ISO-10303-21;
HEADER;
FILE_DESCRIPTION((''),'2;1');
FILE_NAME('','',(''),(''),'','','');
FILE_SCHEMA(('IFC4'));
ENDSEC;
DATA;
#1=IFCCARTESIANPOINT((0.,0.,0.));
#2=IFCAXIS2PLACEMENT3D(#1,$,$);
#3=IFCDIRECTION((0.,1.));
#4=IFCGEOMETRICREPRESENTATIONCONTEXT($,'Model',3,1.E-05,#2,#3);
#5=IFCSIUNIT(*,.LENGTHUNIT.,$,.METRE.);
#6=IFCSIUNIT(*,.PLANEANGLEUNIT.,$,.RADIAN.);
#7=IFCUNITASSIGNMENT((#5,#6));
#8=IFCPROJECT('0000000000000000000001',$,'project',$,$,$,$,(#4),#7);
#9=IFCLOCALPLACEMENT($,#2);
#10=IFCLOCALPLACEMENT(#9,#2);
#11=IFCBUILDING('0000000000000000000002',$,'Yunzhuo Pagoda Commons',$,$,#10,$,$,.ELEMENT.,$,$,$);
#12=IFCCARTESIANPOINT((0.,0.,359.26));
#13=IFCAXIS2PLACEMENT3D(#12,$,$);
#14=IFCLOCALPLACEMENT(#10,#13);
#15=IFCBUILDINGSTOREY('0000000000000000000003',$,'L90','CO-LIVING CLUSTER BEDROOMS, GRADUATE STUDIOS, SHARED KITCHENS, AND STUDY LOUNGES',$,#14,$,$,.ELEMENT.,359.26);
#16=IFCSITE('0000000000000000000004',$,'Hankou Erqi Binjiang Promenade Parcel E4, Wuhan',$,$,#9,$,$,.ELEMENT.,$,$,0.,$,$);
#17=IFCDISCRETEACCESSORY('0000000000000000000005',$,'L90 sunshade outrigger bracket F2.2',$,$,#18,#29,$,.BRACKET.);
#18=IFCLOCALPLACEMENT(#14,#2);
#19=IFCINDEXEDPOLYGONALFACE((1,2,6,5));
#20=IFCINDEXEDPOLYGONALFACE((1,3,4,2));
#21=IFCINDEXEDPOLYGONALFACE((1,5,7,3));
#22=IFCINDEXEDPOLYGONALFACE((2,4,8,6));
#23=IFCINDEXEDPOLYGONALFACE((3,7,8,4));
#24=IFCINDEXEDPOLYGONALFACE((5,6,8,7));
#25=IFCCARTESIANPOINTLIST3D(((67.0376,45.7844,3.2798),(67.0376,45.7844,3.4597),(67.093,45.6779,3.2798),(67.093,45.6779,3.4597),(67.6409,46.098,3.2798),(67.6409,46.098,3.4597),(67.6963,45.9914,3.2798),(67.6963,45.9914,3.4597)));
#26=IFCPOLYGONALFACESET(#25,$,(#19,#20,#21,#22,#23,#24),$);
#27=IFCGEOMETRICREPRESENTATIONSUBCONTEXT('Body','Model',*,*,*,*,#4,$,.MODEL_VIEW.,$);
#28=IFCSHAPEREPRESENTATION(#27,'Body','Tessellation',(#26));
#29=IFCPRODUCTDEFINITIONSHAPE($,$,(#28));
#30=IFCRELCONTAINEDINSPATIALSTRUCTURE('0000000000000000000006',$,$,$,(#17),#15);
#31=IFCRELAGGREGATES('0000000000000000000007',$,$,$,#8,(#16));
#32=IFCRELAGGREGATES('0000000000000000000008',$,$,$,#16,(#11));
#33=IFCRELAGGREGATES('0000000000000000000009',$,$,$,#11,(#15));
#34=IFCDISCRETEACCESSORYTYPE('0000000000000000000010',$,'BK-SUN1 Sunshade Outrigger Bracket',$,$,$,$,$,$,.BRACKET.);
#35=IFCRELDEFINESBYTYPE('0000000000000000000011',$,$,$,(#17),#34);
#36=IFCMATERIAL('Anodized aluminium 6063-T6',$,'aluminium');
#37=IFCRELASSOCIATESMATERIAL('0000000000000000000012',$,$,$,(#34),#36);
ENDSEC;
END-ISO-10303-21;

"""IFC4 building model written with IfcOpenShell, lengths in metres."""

from ifc_helpers import new_model, si_unit, direction, frame, origin, origin_2d, place, context, subcontext, project, spatial, rectangle, extrude, source, transform, mapped, material, type_object, element, save


model = new_model("IFC4")

# Units and contexts
model_context = context("Model", 3, precision=1e-05, world=origin(), true_north=direction((0.0, 1.0)))
body_context = subcontext(model_context, "Body", "Model", "MODEL_VIEW")
ifc_project = project(units=[si_unit("LENGTHUNIT", "METRE"), si_unit("PLANEANGLEUNIT", "RADIAN")], contexts=[model_context])

# Site, building, storey
site_placement = place(None, origin())
site = spatial("IfcSite", under=ifc_project, at=site_placement, Name="Hankou Erqi Binjiang Promenade Parcel E4, Wuhan", CompositionType="ELEMENT", RefElevation=0.0)
building_placement = place(site_placement, origin())
building = spatial("IfcBuilding", under=site, at=building_placement, Name="Yunzhuo Pagoda Commons", CompositionType="ELEMENT")
storey_placement = place(building_placement, frame((0.0, 0.0, 359.26)))
storey = spatial("IfcBuildingStorey", under=building, at=storey_placement, Name="L90", Description="CO-LIVING CLUSTER BEDROOMS, GRADUATE STUDIOS, SHARED KITCHENS, AND STUDY LOUNGES", CompositionType="ELEMENT", Elevation=359.26)

# Shared definitions
ifc_material_1 = material(Name="Anodized aluminium 6063-T6", Category="aluminium")

# Discrete accessory
discrete_accessory_type = type_object("IfcDiscreteAccessoryType", Name="BK-SUN1 Sunshade Outrigger Bracket", PredefinedType="BRACKET", material=ifc_material_1)
shared_shape_1 = source(origin(), body_context, "Body", "SweptSolid", [
    extrude(rectangle(XDim=0.1201, YDim=0.6799, at=origin_2d()), origin(), (0.0, 0.0, 1.0), 0.1799),
])
discrete_accessory_placement = place(storey_placement, frame((67.3669, 45.8879, 3.2798), z_axis=(0.0, 0.0, 1.0), x_axis=(-0.461207, 0.887293, 0.0)))
element("IfcDiscreteAccessory", 1, at=discrete_accessory_placement, inside=storey, type_object=discrete_accessory_type, Name="L90 sunshade outrigger bracket F2.2", PredefinedType="BRACKET", context=body_context, shape_type="MappedRepresentation", body=[
    mapped(shared_shape_1, transform((0.0, 0.0, 0.0), scale=1.0)),
])

save(model, "model.ifc")
